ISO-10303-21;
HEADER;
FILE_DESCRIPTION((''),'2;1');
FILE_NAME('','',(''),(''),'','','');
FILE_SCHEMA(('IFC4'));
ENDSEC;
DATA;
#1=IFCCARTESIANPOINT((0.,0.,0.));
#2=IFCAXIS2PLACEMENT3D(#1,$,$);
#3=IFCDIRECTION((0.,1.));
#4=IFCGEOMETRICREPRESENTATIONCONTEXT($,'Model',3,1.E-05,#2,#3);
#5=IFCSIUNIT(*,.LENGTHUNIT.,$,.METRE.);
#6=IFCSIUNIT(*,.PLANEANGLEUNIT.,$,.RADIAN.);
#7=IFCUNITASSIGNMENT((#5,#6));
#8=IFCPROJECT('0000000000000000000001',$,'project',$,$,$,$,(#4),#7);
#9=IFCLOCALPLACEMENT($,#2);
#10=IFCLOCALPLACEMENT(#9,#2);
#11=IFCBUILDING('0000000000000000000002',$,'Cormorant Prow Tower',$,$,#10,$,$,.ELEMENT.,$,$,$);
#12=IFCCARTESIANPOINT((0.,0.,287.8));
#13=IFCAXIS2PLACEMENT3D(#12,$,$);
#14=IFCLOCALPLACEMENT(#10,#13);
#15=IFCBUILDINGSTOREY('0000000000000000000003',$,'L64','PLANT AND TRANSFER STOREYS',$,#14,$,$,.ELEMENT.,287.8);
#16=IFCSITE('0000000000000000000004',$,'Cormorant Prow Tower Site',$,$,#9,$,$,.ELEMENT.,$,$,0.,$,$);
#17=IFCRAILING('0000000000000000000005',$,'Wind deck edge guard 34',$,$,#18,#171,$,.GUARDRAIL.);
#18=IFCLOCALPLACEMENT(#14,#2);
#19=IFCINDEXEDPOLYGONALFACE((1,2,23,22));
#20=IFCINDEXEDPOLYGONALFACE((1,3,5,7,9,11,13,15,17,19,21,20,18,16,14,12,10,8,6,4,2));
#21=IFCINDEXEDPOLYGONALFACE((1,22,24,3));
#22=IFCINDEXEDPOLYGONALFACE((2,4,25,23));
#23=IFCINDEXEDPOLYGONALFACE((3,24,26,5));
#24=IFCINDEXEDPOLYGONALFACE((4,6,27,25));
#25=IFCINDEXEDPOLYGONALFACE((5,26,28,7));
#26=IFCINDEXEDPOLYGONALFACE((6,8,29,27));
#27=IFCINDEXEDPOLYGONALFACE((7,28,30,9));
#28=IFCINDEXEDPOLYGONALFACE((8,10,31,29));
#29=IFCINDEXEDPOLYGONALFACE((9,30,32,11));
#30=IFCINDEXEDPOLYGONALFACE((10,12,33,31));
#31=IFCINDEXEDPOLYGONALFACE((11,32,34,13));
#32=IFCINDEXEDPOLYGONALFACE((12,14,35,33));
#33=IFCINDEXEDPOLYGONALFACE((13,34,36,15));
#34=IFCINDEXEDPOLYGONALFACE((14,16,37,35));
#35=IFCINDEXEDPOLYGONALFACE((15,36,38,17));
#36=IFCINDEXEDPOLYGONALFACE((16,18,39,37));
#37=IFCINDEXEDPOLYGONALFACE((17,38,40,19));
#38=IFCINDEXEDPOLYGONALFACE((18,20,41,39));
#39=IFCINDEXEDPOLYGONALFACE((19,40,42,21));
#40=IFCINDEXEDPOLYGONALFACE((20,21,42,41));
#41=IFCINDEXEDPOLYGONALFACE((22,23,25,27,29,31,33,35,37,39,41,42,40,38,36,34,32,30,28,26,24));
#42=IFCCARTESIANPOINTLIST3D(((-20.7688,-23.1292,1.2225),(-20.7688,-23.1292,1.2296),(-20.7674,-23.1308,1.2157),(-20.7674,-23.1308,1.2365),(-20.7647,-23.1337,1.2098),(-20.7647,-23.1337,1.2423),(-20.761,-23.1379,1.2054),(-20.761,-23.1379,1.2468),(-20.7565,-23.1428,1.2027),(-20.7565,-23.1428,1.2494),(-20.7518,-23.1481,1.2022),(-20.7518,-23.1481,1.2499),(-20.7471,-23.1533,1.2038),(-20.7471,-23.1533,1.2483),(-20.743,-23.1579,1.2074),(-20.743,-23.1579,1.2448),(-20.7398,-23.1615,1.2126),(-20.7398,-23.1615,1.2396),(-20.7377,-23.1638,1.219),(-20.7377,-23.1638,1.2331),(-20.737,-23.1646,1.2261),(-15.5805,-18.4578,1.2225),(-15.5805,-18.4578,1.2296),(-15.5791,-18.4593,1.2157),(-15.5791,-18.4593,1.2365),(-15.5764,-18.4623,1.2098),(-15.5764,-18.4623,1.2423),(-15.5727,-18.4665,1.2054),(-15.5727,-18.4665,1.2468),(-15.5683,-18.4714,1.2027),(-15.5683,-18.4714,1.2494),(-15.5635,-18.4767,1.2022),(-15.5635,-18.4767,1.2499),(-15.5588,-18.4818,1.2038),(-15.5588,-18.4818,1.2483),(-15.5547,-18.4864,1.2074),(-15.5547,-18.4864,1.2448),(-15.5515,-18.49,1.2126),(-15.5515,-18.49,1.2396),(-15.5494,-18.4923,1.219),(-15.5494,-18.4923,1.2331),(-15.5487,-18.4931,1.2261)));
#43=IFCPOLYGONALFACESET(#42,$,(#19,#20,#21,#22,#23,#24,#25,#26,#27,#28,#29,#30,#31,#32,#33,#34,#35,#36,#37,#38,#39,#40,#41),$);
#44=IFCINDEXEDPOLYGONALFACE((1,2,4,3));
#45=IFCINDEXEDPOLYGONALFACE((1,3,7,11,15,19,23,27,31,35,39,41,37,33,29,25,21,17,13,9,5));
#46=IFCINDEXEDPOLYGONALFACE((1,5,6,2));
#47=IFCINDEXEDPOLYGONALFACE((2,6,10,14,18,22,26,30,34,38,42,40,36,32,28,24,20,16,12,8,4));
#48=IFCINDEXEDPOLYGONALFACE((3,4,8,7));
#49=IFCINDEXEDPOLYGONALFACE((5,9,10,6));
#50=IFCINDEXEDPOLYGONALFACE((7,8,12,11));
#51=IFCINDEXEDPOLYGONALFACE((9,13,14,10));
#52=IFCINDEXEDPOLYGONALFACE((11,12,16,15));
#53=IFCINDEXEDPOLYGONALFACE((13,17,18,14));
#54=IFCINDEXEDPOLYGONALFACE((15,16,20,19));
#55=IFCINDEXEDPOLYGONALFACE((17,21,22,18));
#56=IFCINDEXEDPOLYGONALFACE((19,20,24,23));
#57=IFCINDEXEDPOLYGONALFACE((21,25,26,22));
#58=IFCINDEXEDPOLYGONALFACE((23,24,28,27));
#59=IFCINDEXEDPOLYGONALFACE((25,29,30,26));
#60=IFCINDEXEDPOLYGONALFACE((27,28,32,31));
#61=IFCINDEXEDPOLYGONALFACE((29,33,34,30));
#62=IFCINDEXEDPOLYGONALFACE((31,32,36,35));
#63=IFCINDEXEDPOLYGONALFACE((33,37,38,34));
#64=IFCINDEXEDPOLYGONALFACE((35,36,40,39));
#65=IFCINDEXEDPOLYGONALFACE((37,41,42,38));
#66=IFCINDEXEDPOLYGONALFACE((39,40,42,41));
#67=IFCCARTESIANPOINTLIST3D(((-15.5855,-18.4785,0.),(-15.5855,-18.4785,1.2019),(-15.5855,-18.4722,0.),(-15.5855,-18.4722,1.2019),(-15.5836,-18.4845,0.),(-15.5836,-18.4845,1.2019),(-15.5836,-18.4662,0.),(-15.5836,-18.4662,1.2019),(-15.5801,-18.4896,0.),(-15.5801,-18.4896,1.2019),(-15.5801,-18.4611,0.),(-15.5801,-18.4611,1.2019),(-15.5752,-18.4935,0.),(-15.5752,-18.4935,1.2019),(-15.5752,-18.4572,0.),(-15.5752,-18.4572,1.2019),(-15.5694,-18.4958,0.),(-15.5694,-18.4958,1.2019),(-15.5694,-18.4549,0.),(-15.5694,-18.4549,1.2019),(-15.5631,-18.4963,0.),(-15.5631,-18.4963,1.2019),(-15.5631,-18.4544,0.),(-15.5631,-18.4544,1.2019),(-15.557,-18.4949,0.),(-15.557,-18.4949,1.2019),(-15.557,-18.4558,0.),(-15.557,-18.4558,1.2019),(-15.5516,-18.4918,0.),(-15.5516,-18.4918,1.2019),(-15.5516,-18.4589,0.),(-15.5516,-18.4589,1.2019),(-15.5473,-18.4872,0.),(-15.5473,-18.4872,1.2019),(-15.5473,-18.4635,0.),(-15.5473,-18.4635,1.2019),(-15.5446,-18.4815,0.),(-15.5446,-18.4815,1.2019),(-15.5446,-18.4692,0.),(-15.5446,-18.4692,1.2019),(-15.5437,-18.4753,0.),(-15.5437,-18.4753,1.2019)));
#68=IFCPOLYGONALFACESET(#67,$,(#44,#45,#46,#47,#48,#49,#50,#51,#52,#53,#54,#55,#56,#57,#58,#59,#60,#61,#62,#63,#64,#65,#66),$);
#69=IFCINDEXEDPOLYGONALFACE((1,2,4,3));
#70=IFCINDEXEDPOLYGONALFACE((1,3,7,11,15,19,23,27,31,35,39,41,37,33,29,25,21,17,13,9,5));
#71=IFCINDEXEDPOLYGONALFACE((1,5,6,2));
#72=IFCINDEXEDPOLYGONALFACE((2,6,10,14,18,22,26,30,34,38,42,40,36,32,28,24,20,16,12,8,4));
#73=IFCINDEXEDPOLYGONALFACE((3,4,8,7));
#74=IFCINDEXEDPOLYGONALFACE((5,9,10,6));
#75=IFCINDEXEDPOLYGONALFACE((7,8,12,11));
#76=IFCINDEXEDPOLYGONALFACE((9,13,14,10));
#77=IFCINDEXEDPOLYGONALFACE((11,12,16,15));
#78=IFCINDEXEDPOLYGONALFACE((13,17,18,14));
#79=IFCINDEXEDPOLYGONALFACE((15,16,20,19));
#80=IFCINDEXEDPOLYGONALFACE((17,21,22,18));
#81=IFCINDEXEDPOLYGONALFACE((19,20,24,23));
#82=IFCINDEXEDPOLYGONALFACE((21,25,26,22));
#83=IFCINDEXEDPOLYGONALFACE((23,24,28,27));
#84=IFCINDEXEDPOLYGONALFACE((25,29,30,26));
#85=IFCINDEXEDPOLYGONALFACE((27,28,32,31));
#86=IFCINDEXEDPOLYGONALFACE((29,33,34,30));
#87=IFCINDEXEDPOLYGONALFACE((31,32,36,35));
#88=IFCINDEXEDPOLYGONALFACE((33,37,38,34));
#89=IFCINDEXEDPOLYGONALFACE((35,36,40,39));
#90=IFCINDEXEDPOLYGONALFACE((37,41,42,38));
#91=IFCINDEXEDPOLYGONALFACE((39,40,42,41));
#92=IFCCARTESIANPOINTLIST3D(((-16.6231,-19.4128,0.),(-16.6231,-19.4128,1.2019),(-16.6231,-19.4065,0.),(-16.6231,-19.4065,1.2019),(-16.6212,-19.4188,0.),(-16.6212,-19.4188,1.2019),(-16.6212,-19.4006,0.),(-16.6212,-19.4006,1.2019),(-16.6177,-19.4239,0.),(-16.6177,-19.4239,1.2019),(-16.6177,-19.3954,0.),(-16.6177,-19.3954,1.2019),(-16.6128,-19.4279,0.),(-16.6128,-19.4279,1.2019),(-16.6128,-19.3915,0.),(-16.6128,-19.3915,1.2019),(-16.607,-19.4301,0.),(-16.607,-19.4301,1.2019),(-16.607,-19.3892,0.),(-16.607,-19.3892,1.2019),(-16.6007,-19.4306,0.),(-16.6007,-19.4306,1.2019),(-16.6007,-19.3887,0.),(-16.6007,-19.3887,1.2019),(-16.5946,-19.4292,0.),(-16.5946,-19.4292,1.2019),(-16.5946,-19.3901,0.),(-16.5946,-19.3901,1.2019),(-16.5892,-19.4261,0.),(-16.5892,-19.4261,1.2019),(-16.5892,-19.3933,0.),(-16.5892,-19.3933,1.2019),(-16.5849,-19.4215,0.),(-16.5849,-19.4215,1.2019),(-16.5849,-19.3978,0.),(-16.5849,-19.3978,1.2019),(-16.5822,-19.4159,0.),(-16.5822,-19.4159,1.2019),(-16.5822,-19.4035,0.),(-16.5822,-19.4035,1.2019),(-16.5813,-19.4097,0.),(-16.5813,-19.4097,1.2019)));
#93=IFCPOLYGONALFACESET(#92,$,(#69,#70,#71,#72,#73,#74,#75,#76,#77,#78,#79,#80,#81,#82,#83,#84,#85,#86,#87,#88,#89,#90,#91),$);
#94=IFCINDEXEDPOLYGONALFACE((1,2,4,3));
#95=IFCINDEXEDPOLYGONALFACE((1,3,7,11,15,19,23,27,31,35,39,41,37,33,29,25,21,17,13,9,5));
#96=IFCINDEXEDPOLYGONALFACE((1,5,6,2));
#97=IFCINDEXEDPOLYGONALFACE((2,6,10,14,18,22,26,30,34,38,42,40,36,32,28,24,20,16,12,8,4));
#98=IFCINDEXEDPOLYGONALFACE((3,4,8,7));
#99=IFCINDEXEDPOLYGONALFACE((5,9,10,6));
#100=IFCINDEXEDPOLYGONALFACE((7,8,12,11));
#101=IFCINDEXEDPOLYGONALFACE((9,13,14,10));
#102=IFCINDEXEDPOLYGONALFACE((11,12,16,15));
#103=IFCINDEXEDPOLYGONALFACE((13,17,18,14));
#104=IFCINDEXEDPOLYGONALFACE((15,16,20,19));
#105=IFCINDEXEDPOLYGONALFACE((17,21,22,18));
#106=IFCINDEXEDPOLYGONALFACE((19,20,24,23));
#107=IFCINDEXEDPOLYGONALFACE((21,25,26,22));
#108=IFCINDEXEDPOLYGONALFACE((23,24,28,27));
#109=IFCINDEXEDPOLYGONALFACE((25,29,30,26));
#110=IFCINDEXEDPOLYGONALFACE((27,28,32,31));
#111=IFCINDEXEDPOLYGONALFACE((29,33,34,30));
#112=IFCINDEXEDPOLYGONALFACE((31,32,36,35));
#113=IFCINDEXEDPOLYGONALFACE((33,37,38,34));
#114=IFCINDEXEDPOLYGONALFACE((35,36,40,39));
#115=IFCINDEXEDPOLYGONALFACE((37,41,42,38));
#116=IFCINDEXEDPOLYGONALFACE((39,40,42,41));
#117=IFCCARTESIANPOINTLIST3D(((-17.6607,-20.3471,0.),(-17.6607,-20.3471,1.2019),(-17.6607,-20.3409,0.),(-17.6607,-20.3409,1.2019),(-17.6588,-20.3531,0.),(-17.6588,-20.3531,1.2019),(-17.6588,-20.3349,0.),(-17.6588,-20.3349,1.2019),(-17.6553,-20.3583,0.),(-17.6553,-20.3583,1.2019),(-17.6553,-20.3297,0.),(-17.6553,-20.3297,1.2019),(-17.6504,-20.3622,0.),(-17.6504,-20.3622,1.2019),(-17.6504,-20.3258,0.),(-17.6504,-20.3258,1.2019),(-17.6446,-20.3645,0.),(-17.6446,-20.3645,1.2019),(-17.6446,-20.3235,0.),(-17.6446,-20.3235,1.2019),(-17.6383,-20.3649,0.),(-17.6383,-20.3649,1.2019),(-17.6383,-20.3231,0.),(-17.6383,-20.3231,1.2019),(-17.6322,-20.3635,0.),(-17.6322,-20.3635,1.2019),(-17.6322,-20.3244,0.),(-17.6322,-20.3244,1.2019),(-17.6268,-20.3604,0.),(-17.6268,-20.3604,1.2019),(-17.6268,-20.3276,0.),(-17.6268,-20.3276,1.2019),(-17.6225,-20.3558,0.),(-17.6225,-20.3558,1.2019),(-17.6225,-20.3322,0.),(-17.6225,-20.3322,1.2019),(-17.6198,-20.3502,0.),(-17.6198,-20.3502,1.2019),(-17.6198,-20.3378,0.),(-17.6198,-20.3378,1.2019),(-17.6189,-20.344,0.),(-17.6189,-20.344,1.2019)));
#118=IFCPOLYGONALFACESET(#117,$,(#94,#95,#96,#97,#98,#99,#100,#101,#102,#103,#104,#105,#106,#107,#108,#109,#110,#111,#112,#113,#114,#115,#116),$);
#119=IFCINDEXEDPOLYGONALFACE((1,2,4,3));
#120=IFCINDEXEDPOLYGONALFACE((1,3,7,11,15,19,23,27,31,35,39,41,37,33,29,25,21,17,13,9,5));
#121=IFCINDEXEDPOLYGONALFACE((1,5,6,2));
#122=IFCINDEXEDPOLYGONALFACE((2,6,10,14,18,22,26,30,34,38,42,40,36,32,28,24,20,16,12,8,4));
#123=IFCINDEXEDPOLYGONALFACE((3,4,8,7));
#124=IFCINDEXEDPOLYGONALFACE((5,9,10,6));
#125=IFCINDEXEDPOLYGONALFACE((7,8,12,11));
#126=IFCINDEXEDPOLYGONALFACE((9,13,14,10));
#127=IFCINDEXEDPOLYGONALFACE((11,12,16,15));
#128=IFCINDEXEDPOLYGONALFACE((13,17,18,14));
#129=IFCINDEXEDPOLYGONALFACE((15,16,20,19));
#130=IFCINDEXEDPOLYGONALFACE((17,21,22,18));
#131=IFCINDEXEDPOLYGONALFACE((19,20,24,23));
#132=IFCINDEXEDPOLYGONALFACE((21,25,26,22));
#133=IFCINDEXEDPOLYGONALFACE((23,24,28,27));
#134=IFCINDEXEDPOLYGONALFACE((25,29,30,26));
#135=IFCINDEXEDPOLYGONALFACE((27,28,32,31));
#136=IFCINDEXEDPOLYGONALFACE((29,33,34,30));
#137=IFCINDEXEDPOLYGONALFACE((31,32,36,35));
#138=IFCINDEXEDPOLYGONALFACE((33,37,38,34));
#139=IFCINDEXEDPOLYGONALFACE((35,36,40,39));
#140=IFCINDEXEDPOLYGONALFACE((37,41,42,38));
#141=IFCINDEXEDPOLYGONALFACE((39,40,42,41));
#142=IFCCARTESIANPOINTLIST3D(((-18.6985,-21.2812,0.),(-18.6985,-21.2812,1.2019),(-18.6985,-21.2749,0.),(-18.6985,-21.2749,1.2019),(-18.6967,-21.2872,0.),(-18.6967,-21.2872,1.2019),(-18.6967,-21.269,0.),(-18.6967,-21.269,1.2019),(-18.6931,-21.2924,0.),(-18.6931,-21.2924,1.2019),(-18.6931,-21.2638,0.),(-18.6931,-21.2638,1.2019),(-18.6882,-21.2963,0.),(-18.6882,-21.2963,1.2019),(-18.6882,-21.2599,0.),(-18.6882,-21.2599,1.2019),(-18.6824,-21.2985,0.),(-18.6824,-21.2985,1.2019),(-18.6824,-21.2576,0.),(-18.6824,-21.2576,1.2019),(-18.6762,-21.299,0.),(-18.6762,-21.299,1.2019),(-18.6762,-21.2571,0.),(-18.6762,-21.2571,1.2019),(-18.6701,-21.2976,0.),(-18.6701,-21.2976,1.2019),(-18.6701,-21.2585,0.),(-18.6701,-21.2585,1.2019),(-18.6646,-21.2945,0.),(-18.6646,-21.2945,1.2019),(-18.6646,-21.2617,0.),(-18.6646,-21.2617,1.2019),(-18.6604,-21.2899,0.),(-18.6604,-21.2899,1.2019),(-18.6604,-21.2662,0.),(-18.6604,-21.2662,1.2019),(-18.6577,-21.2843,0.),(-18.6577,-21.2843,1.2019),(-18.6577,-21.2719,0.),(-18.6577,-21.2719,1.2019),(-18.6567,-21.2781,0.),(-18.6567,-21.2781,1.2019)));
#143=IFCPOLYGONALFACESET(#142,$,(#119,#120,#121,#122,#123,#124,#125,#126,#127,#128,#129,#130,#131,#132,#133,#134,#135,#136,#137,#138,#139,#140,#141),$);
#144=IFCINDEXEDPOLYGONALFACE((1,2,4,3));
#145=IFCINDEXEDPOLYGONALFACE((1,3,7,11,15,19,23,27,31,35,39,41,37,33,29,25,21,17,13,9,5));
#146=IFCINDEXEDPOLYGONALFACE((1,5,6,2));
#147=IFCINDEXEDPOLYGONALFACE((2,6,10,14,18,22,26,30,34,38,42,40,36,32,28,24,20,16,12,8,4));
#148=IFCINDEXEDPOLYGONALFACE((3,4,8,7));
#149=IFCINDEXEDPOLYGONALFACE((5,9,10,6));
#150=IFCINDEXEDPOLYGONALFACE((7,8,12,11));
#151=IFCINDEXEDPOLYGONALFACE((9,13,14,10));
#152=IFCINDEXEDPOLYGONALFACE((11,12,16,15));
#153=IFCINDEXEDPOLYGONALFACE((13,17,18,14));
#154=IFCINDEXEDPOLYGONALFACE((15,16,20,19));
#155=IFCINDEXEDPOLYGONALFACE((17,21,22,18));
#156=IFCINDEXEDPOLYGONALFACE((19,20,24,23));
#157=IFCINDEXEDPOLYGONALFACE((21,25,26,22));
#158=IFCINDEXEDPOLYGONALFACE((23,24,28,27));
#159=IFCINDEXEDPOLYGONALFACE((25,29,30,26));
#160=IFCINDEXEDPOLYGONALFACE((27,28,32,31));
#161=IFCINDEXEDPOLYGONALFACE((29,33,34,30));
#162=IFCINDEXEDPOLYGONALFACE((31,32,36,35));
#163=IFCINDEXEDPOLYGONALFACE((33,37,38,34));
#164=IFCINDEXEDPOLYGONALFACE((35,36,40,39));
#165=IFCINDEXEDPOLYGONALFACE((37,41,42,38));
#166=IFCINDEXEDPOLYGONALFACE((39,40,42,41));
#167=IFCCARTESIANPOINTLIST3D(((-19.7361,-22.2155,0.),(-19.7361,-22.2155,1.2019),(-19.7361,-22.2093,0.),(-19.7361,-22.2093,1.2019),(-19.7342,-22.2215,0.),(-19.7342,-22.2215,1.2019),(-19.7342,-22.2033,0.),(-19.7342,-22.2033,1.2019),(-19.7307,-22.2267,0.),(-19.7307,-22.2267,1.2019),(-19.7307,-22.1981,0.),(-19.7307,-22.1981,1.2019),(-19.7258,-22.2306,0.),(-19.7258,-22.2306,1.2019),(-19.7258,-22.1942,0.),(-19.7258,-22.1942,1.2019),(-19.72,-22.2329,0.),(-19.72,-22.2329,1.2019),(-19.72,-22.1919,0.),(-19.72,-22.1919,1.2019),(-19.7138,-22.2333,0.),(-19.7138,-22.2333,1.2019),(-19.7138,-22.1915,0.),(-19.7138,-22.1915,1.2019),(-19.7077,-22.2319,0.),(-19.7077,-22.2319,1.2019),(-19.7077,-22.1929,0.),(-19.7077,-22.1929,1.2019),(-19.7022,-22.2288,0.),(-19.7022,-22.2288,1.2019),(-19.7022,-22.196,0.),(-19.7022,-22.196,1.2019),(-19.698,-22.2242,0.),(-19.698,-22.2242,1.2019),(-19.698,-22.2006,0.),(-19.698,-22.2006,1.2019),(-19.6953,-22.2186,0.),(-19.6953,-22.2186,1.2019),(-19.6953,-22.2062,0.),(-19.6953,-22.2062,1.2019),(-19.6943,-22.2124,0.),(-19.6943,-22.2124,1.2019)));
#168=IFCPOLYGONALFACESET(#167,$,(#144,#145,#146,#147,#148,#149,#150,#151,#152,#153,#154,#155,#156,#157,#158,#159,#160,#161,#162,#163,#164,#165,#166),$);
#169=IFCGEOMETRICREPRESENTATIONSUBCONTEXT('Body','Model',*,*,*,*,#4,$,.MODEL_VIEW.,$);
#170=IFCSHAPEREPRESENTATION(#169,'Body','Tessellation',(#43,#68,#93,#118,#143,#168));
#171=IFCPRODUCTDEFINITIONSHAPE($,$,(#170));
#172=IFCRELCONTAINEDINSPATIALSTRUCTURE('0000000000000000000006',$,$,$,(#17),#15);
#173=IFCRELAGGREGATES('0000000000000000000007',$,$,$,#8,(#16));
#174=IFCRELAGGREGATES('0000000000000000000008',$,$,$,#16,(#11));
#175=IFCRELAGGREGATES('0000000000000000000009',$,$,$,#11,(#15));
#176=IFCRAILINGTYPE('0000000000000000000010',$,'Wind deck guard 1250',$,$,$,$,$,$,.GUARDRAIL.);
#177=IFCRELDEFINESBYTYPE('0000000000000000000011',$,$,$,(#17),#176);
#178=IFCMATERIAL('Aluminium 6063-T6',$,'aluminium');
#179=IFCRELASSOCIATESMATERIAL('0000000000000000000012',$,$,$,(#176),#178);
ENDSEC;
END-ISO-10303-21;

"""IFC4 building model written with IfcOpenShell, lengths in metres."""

from ifc_helpers import new_model, si_unit, direction, frame, origin, origin_2d, place, context, subcontext, project, spatial, circle, extrude, material, type_object, element, save


model = new_model("IFC4")

# Units and contexts
model_context = context("Model", 3, precision=1e-05, world=origin(), true_north=direction((0.0, 1.0)))
body_context = subcontext(model_context, "Body", "Model", "MODEL_VIEW")
ifc_project = project(units=[si_unit("LENGTHUNIT", "METRE"), si_unit("PLANEANGLEUNIT", "RADIAN")], contexts=[model_context])

# Site, building, storey
site_placement = place(None, origin())
site = spatial("IfcSite", under=ifc_project, at=site_placement, Name="Cormorant Prow Tower Site", CompositionType="ELEMENT", RefElevation=0.0)
building_placement = place(site_placement, origin())
building = spatial("IfcBuilding", under=site, at=building_placement, Name="Cormorant Prow Tower", CompositionType="ELEMENT")
storey_placement = place(building_placement, frame((0.0, 0.0, 287.8)))
storey = spatial("IfcBuildingStorey", under=building, at=storey_placement, Name="L64", Description="PLANT AND TRANSFER STOREYS", CompositionType="ELEMENT", Elevation=287.8)

# Railing
ifc_material_1 = material(Name="Aluminium 6063-T6", Category="aluminium")
railing_type = type_object("IfcRailingType", Name="Wind deck guard 1250", PredefinedType="GUARDRAIL", material=ifc_material_1)
railing_1_placement = place(storey_placement, frame((-15.5647, -18.4753, 0.0)))
element("IfcRailing", 1, at=railing_1_placement, inside=storey, type_object=railing_type, Name="Wind deck edge guard 34", PredefinedType="GUARDRAIL", context=body_context, shape_type="SweptSolid", body=[
    extrude(circle(Radius=0.0239, at=origin_2d()), frame((0.0, 0.0, 1.2261), z_axis=(-0.743153, -0.669121, 0.0), x_axis=(0.669121, -0.743153, 0.0)), (0.0, 0.0, 1.0), 6.9814),
    extrude(circle(Radius=0.021, at=origin_2d()), origin(), (0.0, 0.0, 1.0), 1.2019),
    extrude(circle(Radius=0.021, at=origin_2d()), frame((-1.0376, -0.9343, 0.0)), (0.0, 0.0, 1.0), 1.2019),
    extrude(circle(Radius=0.021, at=origin_2d()), frame((-2.0752, -1.8687, 0.0)), (0.0, 0.0, 1.0), 1.2019),
    extrude(circle(Radius=0.021, at=origin_2d()), frame((-3.113, -2.8027, 0.0)), (0.0, 0.0, 1.0), 1.2019),
    extrude(circle(Radius=0.021, at=origin_2d()), frame((-4.1506, -3.7371, 0.0)), (0.0, 0.0, 1.0), 1.2019),
])

save(model, "model.ifc")
